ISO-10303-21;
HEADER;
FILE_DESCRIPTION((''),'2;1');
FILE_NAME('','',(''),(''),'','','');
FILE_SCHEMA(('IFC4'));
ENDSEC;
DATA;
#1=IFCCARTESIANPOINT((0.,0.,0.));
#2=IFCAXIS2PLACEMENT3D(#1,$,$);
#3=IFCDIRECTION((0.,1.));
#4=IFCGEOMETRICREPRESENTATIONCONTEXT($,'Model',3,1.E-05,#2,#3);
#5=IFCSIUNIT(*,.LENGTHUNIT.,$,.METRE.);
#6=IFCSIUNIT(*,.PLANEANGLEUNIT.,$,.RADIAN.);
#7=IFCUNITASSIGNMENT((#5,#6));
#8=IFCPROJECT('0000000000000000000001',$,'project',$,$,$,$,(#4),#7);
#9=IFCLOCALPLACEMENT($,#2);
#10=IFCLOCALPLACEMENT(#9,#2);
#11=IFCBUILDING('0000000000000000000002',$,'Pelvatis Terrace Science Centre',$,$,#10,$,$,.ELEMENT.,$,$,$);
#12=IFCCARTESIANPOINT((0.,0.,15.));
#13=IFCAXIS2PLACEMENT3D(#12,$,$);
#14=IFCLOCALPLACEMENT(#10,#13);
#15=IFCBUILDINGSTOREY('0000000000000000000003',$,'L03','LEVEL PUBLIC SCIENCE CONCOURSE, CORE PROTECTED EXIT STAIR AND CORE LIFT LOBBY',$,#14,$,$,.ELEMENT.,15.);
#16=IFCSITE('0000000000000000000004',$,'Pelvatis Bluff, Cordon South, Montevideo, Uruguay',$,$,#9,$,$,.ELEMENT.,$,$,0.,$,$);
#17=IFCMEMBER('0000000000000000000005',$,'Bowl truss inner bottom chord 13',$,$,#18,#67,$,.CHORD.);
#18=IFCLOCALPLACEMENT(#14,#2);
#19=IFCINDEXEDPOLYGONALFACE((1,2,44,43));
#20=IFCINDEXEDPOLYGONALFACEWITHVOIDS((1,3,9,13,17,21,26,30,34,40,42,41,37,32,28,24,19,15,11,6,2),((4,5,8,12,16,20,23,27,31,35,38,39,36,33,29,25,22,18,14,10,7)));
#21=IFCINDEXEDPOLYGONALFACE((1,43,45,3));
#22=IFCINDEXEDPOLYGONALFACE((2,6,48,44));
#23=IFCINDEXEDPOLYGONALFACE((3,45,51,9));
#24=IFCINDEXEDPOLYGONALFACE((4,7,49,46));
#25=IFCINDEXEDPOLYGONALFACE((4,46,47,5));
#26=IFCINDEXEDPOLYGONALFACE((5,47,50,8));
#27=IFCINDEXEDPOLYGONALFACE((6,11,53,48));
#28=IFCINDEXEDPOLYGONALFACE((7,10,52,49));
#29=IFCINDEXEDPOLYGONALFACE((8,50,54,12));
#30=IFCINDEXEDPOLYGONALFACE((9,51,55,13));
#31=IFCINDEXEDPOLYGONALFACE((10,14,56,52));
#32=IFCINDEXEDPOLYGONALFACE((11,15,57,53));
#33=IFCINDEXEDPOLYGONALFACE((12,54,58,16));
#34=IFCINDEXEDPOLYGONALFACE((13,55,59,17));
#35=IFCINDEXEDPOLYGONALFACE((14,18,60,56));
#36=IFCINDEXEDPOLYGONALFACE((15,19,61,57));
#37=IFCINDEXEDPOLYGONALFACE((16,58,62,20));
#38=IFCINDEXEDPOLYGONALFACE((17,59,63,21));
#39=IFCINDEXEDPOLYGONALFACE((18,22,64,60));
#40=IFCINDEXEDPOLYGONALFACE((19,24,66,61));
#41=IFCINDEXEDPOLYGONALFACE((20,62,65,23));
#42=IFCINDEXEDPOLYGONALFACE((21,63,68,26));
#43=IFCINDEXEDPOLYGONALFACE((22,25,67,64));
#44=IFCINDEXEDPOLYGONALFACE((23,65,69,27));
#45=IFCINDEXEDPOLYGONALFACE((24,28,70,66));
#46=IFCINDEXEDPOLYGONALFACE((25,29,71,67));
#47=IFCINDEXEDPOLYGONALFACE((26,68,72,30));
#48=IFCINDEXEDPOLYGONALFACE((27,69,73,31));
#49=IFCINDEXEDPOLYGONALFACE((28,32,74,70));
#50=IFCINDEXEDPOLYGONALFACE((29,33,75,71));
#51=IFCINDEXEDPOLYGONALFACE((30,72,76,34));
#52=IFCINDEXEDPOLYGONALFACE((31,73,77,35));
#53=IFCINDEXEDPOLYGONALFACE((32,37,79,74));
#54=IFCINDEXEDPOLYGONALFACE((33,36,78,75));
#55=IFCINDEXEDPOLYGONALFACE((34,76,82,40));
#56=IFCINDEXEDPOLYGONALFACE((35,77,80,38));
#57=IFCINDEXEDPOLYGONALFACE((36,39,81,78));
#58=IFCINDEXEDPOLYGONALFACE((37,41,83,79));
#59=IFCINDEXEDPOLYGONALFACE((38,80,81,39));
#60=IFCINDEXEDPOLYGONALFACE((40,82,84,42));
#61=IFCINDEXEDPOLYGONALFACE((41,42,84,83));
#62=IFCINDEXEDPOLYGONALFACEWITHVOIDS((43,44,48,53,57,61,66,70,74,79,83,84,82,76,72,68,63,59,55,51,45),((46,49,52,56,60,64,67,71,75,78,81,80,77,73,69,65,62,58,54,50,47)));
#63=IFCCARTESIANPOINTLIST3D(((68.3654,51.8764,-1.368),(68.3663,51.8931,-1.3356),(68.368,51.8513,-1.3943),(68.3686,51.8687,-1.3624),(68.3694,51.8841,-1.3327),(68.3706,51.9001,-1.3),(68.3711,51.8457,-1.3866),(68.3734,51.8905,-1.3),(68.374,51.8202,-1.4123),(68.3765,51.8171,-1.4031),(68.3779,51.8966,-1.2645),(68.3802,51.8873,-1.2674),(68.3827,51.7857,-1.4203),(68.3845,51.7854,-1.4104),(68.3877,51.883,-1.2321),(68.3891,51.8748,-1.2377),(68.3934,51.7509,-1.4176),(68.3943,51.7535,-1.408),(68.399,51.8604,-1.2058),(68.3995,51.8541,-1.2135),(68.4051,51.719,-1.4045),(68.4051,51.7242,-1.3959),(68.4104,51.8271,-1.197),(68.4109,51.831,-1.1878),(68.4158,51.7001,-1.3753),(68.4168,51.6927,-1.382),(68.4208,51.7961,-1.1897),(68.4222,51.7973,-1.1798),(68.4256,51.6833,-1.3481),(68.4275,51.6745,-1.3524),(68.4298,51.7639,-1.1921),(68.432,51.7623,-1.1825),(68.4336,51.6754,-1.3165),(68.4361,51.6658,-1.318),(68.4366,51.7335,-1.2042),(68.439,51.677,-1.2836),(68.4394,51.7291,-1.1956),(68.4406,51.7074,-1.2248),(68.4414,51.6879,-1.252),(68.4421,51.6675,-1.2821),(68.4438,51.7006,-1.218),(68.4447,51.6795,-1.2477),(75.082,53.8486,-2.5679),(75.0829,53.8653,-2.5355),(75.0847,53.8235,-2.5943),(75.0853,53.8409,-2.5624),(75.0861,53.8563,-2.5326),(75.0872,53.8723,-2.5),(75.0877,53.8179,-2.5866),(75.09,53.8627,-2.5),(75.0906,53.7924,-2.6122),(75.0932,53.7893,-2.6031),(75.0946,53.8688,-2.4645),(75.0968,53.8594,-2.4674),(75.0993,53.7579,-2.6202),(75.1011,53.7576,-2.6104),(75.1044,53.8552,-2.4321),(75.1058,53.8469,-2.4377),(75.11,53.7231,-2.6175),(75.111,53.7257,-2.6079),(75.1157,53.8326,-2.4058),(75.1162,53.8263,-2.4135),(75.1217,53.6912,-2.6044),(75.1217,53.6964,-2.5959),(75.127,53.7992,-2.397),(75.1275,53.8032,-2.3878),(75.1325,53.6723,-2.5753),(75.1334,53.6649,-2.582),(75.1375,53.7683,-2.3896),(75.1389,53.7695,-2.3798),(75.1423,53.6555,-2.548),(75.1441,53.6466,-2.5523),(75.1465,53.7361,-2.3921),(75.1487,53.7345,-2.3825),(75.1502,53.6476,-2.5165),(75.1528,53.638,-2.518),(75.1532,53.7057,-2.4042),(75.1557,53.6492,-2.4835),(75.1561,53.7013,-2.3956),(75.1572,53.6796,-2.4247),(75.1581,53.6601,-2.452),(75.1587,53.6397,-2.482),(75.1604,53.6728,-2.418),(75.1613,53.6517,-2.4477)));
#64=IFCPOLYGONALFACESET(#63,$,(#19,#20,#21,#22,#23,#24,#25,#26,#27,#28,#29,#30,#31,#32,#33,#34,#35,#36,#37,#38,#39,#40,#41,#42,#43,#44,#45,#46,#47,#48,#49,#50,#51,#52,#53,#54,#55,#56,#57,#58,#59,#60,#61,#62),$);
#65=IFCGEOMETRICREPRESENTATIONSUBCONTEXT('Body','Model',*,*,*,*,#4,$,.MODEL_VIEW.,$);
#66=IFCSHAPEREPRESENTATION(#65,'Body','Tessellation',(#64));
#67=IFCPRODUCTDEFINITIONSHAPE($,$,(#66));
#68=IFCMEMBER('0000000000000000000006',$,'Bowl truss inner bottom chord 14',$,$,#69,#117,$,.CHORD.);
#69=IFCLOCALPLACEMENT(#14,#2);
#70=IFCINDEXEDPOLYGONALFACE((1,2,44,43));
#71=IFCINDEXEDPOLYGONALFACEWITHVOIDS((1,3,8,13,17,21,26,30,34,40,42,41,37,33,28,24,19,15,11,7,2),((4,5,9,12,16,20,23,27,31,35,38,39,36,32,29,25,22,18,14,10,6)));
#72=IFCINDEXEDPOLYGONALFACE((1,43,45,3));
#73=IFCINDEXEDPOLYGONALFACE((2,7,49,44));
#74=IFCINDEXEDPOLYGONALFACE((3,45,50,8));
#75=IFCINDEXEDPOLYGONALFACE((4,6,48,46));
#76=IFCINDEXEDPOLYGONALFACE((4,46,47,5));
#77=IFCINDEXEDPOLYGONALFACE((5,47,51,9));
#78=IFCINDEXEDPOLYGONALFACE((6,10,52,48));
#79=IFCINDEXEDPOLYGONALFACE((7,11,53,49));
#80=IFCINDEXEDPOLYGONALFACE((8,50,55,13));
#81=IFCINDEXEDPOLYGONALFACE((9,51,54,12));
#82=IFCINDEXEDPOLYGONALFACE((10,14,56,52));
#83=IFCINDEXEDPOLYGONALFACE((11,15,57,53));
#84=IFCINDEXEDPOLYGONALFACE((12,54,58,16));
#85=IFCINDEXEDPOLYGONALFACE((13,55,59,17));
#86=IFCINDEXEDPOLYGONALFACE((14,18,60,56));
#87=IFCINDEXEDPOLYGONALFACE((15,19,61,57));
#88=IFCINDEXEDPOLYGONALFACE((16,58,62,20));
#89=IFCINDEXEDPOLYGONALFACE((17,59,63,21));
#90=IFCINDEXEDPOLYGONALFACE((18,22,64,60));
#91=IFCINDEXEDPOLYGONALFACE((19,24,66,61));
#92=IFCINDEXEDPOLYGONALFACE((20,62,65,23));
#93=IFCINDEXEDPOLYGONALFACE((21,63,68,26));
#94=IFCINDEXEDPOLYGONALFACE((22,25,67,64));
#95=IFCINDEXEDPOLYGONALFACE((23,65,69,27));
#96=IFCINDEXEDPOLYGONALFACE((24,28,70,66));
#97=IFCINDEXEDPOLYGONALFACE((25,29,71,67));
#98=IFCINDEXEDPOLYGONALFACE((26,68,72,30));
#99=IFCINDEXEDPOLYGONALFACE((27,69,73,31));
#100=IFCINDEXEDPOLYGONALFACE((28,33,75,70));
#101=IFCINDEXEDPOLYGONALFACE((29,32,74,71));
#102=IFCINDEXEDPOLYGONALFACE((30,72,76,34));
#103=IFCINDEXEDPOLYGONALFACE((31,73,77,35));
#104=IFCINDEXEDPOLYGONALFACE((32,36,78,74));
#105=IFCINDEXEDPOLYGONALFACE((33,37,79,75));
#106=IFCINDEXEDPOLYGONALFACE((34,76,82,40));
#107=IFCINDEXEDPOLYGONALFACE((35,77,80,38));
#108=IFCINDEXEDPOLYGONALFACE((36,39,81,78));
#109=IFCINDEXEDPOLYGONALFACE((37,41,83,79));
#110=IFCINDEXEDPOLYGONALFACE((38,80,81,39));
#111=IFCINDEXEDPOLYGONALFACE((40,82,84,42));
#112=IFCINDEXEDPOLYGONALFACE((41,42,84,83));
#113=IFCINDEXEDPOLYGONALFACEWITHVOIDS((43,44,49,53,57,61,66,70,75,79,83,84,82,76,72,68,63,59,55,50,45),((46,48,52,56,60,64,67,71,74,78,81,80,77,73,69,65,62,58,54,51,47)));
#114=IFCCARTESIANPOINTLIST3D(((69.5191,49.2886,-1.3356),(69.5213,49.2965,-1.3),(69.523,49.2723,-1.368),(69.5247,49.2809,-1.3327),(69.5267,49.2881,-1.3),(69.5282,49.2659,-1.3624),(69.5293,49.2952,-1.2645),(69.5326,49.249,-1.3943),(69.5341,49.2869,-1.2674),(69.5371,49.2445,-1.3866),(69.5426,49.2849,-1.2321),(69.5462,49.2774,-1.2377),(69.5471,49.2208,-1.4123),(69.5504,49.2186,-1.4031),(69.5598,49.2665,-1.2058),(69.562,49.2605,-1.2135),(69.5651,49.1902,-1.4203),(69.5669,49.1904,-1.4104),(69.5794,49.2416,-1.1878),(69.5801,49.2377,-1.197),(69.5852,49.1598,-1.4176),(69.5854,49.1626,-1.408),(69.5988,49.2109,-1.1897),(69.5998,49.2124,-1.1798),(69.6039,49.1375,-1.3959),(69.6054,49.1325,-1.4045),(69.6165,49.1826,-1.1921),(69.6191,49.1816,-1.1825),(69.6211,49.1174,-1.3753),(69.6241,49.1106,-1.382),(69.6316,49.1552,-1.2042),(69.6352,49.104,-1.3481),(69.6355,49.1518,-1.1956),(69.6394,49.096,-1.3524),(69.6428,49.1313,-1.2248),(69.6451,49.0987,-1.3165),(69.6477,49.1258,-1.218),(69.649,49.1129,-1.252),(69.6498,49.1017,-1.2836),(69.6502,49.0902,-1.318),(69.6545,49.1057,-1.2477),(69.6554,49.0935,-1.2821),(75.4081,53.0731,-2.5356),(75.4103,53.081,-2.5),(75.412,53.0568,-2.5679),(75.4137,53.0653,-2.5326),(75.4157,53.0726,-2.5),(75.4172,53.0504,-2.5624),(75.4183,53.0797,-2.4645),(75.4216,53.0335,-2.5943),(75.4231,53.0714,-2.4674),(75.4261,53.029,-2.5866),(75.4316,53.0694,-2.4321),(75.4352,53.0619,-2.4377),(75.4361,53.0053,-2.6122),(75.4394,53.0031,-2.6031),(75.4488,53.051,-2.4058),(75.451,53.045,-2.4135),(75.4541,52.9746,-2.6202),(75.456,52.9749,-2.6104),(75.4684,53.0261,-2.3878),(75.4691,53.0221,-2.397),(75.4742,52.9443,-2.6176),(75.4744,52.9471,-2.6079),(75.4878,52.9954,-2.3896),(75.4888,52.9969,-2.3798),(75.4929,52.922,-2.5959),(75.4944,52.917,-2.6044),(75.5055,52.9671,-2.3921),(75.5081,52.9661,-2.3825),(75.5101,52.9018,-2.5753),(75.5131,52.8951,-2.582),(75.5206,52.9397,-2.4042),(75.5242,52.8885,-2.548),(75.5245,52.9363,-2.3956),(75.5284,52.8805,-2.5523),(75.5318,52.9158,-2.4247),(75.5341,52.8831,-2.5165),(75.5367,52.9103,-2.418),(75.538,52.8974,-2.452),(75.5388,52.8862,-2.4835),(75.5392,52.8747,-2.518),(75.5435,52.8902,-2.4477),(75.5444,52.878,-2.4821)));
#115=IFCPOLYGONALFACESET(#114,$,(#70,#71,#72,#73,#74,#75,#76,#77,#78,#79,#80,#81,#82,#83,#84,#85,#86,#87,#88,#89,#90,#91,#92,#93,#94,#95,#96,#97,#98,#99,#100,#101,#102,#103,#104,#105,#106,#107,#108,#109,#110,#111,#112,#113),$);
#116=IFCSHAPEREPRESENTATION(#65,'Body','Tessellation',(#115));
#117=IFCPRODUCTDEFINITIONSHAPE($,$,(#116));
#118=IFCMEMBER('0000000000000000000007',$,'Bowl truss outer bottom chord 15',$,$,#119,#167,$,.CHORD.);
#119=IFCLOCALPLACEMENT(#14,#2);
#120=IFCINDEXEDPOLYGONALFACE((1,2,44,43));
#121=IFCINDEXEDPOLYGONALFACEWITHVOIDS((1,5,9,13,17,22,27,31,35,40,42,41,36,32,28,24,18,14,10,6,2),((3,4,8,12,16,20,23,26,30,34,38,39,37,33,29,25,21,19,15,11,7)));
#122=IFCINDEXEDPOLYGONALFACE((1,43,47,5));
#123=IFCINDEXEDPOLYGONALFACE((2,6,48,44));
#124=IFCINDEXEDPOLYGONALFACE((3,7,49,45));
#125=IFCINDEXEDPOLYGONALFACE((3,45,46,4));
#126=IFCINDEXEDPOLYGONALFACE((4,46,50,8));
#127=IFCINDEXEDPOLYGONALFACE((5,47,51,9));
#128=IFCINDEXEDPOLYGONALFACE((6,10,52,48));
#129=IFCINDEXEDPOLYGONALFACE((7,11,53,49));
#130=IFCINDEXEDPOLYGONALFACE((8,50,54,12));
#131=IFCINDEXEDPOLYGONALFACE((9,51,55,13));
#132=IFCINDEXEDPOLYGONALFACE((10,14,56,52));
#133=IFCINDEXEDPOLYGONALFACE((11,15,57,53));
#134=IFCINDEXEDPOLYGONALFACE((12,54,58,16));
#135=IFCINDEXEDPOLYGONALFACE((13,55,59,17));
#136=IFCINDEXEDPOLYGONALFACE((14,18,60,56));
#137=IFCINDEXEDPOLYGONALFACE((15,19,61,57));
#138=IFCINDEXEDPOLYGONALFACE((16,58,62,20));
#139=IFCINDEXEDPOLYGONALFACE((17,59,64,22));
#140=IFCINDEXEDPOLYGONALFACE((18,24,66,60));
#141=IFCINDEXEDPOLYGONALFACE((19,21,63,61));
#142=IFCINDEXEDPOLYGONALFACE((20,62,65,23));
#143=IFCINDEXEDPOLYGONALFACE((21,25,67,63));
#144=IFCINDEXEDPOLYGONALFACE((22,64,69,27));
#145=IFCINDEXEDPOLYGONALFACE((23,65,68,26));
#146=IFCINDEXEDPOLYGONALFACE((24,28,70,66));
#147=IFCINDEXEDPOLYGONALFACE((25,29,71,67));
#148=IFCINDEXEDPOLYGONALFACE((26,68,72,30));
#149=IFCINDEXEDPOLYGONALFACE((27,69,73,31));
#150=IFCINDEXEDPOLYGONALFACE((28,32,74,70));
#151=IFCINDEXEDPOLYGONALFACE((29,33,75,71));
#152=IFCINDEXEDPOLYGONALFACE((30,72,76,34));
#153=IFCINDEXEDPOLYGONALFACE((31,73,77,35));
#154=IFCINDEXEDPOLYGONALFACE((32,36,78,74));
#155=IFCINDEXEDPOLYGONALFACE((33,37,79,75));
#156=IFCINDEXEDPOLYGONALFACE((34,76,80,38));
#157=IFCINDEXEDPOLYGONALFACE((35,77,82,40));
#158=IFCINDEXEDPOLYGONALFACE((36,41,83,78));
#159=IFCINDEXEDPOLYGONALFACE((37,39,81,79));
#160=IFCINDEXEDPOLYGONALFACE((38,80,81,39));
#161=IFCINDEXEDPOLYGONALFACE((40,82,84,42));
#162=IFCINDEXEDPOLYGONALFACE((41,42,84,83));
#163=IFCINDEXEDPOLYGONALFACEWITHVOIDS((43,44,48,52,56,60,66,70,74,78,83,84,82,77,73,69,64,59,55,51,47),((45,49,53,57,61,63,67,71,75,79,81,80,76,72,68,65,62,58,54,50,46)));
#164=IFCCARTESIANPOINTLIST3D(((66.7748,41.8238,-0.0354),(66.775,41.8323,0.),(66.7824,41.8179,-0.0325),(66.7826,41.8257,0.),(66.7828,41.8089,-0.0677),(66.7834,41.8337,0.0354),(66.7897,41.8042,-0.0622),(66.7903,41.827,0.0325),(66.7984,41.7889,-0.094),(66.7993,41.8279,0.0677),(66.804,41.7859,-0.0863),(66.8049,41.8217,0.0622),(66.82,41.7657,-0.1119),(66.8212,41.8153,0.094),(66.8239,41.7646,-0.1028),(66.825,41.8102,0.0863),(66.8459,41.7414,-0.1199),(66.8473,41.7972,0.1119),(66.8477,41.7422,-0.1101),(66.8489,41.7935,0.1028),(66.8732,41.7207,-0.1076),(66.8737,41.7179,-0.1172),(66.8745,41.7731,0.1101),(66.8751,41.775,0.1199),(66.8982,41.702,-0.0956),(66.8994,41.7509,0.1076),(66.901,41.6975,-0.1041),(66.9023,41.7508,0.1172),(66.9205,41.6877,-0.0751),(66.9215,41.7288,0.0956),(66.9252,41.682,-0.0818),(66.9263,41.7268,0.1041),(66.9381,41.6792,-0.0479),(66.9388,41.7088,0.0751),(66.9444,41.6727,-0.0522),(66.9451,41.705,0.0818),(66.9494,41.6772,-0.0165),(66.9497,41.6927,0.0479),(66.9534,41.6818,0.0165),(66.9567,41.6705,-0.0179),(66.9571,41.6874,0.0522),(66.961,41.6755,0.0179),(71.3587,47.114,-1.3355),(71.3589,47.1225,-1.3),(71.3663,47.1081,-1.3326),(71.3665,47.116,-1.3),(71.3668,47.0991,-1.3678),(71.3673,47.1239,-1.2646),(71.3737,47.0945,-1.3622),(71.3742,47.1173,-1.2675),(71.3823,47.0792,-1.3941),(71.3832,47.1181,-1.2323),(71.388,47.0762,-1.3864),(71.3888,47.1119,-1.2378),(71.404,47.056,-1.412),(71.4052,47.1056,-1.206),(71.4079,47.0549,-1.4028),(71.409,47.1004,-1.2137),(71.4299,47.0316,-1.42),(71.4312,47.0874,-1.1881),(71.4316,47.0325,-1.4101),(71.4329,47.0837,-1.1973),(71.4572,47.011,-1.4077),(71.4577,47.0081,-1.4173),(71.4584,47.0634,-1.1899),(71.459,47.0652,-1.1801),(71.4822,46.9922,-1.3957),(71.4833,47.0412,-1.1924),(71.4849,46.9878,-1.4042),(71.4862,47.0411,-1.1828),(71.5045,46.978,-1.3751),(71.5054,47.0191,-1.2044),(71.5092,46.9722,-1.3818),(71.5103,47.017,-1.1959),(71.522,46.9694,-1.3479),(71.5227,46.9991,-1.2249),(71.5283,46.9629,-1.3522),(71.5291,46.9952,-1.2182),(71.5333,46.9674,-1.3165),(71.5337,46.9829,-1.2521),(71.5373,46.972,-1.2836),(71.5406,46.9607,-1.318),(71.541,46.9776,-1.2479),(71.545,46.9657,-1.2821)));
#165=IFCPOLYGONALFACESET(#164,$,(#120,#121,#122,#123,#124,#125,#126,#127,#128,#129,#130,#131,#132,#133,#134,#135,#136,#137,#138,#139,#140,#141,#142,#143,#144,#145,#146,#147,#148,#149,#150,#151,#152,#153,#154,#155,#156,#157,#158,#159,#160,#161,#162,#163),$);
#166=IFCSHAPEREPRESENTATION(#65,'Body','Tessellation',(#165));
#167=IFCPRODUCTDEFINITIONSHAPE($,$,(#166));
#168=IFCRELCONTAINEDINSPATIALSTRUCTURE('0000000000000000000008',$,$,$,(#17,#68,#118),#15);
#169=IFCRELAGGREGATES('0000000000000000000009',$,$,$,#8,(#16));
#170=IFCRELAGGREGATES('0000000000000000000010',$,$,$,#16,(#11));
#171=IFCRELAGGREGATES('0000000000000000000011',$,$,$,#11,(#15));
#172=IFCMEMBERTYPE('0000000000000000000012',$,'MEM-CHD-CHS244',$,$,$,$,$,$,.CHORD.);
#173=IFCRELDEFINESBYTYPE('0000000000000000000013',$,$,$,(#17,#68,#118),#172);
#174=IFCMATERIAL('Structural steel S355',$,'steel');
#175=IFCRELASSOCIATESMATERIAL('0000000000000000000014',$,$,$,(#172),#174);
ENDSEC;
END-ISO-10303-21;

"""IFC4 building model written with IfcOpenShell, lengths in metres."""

from ifc_helpers import new_model, si_unit, direction, frame, origin, origin_2d, place, context, subcontext, project, spatial, hollow_circle, extrude, material, material_profile, profile_set, type_object, element, save


model = new_model("IFC4")

# Units and contexts
model_context = context("Model", 3, precision=1e-05, world=origin(), true_north=direction((0.0, 1.0)))
body_context = subcontext(model_context, "Body", "Model", "MODEL_VIEW")
ifc_project = project(units=[si_unit("LENGTHUNIT", "METRE"), si_unit("PLANEANGLEUNIT", "RADIAN")], contexts=[model_context])

# Site, building, storey
site_placement = place(None, origin())
site = spatial("IfcSite", under=ifc_project, at=site_placement, Name="Pelvatis Bluff, Cordon South, Montevideo, Uruguay", CompositionType="ELEMENT", RefElevation=0.0)
building_placement = place(site_placement, origin())
building = spatial("IfcBuilding", under=site, at=building_placement, Name="Pelvatis Terrace Science Centre", CompositionType="ELEMENT")
storey_placement = place(building_placement, frame((0.0, 0.0, 15.0)))
storey = spatial("IfcBuildingStorey", under=building, at=storey_placement, Name="L03", Description="LEVEL PUBLIC SCIENCE CONCOURSE, CORE PROTECTED EXIT STAIR AND CORE LIFT LOBBY", CompositionType="ELEMENT", Elevation=15.0)

# Members
ifc_material_1 = material(Name="Structural steel S355", Category="steel")
ifc_material_profile_1 = material_profile(ifc_material_1, hollow_circle(Radius=0.1223, WallThickness=0.01, at=origin_2d()), Name="CHS 244.5x10.0")
ifc_profile_set_1 = profile_set([ifc_material_profile_1], Name="Structural steel S355")
member_type_1 = type_object("IfcMemberType", Name="MEM-CHD-CHS244", PredefinedType="CHORD", material=ifc_profile_set_1)
for number, where, z_axis, x_axis, name in (
    (1, (68.405, 51.7827, -1.3), (0.945699, 0.277684, -0.168955), (-0.281734, 0.959493, 0.0), "Bowl truss inner bottom chord 13"),
    (2, (69.5874, 49.1936, -1.3), (0.829169, 0.532853, -0.168955), (-0.540625, 0.841263, 0.0), "Bowl truss inner bottom chord 14"),
):
    element("IfcMember", number, at=place(storey_placement, frame(where, z_axis=z_axis, x_axis=x_axis)), inside=storey, type_object=member_type_1, Name=name, PredefinedType="CHORD", context=body_context, shape_type="SweptSolid", body=[
        extrude(hollow_circle(Radius=0.1223, WallThickness=0.01, at=origin_2d()), origin(), (0.0, 0.0, 1.0), 7.1023),
    ])
for number, where, z_axis, x_axis, name in (
    (3, (66.8674, 41.7522, 0.0), (0.643845, 0.743049, -0.182599), (-0.755755, 0.654855, 0.0), "Bowl truss outer bottom chord 15"),
):
    element("IfcMember", number, at=place(storey_placement, frame(where, z_axis=z_axis, x_axis=x_axis)), inside=storey, type_object=member_type_1, Name=name, PredefinedType="CHORD", context=body_context, shape_type="SweptSolid", body=[
        extrude(hollow_circle(Radius=0.1223, WallThickness=0.01, at=origin_2d()), origin(), (0.0, 0.0, 1.0), 7.1196),
    ])

save(model, "model.ifc")
